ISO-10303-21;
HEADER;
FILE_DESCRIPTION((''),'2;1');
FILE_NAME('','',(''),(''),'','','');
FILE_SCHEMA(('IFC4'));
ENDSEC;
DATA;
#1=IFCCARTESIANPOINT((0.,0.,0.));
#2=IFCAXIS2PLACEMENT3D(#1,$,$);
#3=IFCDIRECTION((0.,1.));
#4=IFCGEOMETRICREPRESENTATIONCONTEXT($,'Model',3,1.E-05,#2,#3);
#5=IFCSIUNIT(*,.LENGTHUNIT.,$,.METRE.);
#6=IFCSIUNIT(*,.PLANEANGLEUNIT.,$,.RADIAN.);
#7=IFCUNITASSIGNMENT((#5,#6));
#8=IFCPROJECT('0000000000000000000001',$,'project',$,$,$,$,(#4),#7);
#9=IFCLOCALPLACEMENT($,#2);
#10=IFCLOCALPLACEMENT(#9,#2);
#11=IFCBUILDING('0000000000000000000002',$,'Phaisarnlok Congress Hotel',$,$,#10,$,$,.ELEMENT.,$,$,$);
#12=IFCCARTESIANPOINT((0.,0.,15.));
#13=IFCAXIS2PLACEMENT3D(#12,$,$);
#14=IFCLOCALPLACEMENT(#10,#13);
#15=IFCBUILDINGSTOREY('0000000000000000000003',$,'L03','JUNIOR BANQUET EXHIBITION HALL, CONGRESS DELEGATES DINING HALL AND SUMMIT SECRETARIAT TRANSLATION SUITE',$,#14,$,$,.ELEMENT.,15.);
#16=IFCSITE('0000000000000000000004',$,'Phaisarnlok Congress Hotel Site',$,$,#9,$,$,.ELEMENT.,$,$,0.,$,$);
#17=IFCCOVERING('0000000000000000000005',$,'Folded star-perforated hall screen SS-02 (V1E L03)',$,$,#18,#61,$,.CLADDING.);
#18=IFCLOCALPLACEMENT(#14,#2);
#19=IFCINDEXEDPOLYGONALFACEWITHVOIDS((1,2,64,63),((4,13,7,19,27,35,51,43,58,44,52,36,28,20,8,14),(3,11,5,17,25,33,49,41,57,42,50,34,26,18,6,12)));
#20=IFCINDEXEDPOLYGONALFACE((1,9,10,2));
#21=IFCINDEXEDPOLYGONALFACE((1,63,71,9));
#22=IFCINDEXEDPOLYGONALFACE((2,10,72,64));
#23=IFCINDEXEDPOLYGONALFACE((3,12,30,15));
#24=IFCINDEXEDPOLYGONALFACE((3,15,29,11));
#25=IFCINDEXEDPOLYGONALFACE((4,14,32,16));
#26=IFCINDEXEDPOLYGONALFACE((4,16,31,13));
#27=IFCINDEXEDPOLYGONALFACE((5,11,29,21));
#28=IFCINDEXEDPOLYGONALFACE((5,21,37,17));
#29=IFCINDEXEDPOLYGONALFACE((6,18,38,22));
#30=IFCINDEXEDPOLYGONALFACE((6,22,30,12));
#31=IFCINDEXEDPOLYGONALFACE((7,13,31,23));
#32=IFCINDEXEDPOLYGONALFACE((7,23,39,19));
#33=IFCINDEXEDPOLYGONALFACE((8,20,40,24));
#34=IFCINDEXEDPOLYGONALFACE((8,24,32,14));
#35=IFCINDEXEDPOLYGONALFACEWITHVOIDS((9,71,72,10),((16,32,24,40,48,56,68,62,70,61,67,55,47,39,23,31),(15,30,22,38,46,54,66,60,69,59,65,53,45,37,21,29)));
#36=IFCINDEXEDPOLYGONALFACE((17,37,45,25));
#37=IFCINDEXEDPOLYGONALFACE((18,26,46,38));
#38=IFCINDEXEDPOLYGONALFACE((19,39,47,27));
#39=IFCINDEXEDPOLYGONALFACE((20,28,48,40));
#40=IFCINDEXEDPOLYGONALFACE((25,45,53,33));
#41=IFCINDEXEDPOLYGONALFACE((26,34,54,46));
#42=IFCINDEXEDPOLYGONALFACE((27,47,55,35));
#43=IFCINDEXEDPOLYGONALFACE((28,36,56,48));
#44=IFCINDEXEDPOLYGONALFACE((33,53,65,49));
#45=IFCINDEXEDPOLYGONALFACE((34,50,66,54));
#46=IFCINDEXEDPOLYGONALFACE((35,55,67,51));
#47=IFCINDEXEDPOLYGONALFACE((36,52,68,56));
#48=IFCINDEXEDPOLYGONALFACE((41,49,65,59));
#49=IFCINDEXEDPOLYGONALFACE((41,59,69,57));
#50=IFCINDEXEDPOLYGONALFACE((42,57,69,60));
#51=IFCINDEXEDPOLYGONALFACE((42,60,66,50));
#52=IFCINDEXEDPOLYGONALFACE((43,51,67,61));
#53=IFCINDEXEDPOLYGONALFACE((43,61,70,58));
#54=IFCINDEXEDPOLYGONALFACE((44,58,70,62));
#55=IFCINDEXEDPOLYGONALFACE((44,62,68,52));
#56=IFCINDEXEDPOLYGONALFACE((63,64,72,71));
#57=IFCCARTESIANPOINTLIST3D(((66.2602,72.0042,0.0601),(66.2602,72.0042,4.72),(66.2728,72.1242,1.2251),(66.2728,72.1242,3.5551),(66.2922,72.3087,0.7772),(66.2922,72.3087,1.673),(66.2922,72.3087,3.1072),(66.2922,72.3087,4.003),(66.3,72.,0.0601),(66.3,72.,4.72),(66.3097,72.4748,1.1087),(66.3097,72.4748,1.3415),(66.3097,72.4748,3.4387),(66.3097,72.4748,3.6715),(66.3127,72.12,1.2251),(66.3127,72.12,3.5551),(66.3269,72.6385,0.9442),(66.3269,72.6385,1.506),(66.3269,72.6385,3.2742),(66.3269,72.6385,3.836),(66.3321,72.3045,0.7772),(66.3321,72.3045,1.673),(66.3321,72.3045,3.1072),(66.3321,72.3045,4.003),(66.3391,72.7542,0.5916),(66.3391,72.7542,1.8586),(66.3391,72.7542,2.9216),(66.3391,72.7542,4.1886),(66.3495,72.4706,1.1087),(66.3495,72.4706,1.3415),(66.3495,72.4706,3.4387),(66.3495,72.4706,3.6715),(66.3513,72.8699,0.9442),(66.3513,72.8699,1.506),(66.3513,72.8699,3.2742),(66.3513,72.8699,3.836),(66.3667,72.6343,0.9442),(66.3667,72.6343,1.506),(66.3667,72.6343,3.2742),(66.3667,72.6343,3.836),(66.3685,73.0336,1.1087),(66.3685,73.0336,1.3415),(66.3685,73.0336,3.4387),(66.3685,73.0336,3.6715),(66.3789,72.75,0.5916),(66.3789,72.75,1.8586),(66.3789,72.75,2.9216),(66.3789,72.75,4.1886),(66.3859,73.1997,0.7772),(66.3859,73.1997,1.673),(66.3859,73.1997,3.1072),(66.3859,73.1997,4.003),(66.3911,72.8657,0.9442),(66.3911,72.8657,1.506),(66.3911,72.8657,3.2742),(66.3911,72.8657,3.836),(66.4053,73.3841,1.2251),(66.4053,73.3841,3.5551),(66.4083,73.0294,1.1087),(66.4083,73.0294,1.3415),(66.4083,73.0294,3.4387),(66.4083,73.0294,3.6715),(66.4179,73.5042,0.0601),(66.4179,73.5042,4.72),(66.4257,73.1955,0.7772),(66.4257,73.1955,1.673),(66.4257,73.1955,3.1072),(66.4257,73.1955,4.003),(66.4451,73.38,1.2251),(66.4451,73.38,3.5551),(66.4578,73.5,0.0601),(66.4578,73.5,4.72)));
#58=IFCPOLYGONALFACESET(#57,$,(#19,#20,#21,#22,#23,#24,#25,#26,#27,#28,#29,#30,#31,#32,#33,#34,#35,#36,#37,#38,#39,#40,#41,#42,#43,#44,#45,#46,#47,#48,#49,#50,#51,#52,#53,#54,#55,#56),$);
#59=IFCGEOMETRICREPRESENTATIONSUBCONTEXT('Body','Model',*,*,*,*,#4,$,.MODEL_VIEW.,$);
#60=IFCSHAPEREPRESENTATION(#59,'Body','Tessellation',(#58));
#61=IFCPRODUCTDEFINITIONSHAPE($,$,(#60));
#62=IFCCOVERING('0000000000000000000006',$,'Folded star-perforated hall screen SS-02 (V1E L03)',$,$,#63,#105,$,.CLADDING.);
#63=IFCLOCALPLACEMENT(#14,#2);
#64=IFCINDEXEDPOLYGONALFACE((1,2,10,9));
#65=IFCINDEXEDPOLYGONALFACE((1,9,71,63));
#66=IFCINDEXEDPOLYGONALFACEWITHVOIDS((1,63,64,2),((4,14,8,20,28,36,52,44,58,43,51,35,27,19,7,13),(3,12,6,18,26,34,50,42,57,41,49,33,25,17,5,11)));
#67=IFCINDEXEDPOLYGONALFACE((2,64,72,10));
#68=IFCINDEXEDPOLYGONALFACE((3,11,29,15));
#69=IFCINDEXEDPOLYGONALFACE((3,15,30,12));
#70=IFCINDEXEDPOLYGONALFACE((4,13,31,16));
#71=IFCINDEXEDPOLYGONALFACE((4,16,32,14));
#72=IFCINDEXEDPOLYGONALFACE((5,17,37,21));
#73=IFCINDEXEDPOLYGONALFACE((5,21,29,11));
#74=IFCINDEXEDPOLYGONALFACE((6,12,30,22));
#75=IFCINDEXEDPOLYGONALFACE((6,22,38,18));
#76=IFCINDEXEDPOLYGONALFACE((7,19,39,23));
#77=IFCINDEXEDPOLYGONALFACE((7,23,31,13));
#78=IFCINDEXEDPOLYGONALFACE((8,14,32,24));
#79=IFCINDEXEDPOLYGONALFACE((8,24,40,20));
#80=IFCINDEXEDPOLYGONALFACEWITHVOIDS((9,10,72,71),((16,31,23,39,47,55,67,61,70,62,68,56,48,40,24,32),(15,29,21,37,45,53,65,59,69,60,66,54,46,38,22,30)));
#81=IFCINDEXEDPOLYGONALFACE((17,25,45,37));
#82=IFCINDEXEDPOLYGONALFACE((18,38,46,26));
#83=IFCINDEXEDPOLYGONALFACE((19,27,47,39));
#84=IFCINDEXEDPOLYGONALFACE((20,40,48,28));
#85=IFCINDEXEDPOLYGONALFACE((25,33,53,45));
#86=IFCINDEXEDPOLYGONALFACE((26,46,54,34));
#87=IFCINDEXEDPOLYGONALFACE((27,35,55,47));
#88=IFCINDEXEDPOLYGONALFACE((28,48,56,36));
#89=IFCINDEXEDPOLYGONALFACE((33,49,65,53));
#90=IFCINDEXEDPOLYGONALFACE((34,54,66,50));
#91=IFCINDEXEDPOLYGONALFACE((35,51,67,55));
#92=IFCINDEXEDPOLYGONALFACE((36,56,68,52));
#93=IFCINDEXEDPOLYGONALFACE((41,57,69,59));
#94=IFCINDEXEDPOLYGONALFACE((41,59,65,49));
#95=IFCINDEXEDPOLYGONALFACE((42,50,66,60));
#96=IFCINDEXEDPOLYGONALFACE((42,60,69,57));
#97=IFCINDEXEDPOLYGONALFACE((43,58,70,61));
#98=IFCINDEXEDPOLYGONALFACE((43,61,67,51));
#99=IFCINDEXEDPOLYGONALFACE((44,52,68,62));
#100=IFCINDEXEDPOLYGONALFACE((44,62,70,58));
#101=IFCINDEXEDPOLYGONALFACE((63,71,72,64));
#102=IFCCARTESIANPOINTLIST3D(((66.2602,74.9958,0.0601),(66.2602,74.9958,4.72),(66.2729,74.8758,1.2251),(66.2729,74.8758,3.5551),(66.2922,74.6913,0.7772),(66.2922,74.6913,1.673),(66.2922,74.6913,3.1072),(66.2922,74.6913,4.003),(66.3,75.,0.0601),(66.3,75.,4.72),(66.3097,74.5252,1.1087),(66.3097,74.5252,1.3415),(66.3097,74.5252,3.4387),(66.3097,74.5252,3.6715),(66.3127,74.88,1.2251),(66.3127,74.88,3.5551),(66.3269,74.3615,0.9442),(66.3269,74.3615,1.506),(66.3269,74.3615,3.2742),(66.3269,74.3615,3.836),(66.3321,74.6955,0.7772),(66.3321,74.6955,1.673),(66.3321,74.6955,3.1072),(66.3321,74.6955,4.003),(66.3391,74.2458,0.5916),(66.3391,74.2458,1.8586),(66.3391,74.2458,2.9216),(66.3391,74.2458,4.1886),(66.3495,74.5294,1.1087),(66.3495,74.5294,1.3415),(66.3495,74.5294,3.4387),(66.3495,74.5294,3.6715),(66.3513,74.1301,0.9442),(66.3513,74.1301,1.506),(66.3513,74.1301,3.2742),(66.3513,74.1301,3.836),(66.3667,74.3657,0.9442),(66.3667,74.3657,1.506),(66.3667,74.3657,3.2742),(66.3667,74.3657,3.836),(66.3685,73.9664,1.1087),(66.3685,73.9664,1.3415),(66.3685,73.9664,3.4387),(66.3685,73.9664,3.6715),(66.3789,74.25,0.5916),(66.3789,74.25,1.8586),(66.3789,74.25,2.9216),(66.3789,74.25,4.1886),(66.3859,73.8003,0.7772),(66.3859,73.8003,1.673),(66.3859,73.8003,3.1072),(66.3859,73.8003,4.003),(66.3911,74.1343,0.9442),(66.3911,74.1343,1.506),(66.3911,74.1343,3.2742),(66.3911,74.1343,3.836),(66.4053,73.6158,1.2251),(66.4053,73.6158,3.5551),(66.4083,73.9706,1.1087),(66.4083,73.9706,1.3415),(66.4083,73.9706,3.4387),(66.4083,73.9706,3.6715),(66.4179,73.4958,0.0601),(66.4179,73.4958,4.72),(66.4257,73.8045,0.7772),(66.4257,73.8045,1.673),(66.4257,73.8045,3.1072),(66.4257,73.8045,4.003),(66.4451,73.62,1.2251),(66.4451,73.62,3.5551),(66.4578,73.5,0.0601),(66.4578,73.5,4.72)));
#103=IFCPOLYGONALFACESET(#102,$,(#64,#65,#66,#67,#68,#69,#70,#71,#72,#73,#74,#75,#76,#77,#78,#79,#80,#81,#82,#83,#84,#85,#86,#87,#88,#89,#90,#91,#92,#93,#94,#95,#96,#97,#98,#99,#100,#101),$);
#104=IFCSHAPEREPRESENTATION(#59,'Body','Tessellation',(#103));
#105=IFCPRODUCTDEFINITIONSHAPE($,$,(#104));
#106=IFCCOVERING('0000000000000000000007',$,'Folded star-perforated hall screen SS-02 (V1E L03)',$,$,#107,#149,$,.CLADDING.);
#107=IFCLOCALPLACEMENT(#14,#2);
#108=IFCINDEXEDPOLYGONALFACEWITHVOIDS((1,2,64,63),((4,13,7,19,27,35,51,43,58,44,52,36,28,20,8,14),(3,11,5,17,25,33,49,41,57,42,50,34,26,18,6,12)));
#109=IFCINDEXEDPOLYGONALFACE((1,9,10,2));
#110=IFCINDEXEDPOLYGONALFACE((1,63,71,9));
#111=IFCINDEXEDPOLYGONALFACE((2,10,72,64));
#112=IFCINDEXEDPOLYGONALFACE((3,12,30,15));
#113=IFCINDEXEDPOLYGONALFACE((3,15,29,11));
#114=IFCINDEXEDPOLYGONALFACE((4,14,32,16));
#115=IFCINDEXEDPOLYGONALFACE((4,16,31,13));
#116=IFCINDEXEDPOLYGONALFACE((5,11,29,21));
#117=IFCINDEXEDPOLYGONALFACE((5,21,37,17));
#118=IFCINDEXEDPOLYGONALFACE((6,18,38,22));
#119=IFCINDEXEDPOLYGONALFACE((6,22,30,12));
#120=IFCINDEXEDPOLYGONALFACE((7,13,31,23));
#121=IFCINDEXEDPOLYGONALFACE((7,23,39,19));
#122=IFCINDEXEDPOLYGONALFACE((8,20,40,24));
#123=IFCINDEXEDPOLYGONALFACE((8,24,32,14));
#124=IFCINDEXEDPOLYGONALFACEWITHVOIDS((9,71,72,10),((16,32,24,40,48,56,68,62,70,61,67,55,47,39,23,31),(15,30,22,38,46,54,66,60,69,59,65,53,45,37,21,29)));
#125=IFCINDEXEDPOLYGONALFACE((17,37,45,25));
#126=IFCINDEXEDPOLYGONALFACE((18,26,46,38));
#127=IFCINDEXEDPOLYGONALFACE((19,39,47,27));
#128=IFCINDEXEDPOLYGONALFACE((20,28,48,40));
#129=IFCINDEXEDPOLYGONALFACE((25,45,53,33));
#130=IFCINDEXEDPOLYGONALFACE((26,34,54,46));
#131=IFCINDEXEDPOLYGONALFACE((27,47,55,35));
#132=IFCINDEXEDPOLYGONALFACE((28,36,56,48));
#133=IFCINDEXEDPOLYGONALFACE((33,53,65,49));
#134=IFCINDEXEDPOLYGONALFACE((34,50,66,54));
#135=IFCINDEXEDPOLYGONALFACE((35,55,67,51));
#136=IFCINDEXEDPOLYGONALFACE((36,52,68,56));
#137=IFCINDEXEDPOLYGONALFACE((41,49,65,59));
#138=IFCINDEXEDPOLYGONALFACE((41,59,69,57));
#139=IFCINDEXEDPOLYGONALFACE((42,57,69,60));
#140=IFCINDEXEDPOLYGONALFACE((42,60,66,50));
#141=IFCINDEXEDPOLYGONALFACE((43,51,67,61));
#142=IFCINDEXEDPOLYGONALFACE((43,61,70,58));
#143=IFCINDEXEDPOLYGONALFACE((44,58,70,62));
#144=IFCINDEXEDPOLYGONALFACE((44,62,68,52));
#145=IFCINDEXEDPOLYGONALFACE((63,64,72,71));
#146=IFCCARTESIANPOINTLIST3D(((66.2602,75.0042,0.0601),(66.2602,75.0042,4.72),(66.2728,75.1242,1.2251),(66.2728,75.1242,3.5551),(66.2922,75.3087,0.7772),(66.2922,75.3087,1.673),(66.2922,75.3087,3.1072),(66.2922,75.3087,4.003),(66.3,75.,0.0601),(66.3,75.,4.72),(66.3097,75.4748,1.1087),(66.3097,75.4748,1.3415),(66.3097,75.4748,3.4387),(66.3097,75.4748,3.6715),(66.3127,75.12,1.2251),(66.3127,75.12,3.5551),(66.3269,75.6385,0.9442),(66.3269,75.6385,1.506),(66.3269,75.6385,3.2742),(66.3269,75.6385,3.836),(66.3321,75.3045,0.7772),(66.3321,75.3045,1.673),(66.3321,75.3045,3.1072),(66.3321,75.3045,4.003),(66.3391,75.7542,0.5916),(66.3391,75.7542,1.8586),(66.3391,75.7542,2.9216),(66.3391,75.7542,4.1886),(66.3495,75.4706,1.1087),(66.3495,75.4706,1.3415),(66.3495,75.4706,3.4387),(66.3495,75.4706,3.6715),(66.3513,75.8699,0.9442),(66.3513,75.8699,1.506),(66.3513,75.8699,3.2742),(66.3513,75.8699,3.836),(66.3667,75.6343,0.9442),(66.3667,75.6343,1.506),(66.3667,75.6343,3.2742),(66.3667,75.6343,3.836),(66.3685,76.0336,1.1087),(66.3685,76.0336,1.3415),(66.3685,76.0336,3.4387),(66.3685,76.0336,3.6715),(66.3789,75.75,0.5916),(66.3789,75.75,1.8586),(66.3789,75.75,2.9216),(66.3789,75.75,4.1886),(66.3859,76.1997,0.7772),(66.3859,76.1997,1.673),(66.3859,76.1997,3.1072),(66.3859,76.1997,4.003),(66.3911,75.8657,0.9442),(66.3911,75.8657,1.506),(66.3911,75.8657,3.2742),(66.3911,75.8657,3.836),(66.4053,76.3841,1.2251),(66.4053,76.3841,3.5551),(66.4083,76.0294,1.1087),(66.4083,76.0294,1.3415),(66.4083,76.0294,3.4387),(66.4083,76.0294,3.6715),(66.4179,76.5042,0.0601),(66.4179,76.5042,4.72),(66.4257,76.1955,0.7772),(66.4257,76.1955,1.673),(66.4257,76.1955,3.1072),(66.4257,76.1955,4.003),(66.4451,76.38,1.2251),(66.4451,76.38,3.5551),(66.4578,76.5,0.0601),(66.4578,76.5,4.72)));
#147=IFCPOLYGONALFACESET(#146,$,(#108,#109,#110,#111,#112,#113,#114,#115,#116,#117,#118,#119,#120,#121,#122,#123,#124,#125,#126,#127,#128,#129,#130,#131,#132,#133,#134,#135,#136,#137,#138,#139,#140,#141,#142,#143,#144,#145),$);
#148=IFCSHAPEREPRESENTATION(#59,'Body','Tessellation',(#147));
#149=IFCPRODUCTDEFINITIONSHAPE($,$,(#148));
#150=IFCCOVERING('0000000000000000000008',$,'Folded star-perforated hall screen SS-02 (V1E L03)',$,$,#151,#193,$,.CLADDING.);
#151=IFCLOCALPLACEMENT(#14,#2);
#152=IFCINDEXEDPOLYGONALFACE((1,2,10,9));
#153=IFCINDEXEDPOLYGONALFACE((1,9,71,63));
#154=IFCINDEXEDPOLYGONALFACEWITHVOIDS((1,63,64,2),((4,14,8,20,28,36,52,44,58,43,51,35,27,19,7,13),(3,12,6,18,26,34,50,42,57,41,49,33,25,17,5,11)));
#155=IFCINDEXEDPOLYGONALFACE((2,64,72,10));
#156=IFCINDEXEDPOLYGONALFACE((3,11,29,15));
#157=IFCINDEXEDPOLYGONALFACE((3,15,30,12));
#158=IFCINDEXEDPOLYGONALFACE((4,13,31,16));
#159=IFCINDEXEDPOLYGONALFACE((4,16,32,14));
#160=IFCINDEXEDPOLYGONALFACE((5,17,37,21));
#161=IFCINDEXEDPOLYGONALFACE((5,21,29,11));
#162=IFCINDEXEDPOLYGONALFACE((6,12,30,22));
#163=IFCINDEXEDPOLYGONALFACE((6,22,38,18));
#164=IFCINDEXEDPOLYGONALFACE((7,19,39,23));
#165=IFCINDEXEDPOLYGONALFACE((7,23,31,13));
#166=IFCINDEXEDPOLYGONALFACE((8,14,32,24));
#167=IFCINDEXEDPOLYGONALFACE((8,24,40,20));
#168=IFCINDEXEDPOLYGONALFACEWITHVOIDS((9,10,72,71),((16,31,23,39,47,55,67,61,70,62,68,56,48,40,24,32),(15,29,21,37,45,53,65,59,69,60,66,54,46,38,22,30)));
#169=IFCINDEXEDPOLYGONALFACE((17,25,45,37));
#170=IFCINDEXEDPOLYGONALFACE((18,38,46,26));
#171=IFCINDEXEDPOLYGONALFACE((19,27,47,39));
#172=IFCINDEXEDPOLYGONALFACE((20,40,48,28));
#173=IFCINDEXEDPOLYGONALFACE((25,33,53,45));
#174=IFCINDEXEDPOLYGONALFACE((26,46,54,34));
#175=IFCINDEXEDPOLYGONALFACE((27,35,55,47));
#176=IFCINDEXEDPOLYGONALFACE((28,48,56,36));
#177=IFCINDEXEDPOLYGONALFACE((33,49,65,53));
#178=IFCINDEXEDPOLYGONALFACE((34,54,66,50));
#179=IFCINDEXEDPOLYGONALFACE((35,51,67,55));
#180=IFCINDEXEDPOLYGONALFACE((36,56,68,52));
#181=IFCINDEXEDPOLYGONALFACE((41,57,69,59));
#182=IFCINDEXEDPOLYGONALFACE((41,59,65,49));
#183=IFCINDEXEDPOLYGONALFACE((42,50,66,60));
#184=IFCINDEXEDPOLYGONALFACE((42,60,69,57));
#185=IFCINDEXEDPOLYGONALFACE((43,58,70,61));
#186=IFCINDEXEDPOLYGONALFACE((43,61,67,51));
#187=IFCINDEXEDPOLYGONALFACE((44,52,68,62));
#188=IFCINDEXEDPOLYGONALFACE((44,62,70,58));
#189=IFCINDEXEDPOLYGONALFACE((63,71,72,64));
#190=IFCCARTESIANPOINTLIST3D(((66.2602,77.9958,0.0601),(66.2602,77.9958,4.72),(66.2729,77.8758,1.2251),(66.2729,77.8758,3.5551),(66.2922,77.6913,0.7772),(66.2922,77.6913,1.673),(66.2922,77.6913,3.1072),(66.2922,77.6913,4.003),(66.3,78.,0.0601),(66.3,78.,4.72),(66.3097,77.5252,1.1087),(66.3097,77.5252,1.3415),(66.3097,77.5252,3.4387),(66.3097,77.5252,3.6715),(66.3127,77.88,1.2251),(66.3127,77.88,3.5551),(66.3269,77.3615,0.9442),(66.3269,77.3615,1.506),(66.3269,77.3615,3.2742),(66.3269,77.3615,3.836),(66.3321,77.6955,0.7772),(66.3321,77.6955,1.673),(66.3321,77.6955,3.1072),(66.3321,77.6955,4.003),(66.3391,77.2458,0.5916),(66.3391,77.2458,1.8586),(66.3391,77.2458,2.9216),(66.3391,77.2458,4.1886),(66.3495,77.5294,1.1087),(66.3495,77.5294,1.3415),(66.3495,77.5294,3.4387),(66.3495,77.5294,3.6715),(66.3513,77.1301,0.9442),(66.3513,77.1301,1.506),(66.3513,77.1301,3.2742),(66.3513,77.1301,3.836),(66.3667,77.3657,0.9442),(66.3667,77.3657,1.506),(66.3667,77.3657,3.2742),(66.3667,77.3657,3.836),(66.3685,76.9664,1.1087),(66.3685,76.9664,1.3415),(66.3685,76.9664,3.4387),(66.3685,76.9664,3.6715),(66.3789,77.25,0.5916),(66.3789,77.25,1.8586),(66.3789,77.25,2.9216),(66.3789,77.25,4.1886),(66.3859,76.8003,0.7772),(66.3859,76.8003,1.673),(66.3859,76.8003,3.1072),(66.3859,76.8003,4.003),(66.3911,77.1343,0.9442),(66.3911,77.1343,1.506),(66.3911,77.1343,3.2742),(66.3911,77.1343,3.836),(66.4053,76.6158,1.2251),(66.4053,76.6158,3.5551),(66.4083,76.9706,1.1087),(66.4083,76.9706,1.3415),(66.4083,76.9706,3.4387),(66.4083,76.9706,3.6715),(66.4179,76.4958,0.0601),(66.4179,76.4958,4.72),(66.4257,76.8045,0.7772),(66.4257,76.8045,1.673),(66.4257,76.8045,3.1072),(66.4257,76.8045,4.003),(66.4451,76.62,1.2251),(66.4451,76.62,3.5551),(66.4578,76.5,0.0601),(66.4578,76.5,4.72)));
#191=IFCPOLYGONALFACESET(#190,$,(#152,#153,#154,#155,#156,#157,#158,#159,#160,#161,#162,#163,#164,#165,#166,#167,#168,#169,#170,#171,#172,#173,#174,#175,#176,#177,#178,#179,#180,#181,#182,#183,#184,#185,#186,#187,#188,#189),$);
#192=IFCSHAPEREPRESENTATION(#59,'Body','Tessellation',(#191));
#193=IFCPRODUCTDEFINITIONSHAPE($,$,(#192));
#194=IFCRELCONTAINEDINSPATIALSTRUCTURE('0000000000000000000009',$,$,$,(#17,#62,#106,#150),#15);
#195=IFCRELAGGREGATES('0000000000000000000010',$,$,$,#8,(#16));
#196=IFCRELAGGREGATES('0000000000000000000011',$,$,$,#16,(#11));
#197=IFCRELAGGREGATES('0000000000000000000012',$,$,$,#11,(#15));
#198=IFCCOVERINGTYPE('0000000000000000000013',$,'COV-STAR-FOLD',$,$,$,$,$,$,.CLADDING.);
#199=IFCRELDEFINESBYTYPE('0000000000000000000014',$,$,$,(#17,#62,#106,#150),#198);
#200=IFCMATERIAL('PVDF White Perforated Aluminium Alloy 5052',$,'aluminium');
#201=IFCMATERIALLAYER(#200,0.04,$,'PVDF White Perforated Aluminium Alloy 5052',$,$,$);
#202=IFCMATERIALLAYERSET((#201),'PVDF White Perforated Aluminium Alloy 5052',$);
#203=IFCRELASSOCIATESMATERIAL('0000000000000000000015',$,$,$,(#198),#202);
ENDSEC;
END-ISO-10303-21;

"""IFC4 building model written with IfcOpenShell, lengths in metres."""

from ifc_helpers import new_model, si_unit, direction, frame, origin, place, context, subcontext, project, spatial, polyline, outline, extrude, material, layer, layer_set, type_object, element, save


model = new_model("IFC4")

# Units and contexts
model_context = context("Model", 3, precision=1e-05, world=origin(), true_north=direction((0.0, 1.0)))
body_context = subcontext(model_context, "Body", "Model", "MODEL_VIEW")
ifc_project = project(units=[si_unit("LENGTHUNIT", "METRE"), si_unit("PLANEANGLEUNIT", "RADIAN")], contexts=[model_context])

# Site, building, storey
site_placement = place(None, origin())
site = spatial("IfcSite", under=ifc_project, at=site_placement, Name="Phaisarnlok Congress Hotel Site", CompositionType="ELEMENT", RefElevation=0.0)
building_placement = place(site_placement, origin())
building = spatial("IfcBuilding", under=site, at=building_placement, Name="Phaisarnlok Congress Hotel", CompositionType="ELEMENT")
storey_placement = place(building_placement, frame((0.0, 0.0, 15.0)))
storey = spatial("IfcBuildingStorey", under=building, at=storey_placement, Name="L03", Description="JUNIOR BANQUET EXHIBITION HALL, CONGRESS DELEGATES DINING HALL AND SUMMIT SECRETARIAT TRANSLATION SUITE", CompositionType="ELEMENT", Elevation=15.0)

# Coverings
ifc_material_1 = material(Name="PVDF White Perforated Aluminium Alloy 5052", Category="aluminium")
ifc_layer_1 = layer(ifc_material_1, 0.04, Name="PVDF White Perforated Aluminium Alloy 5052")
ifc_layer_set_1 = layer_set([ifc_layer_1], Name="PVDF White Perforated Aluminium Alloy 5052")
covering_type = type_object("IfcCoveringType", Name="COV-STAR-FOLD", PredefinedType="CLADDING", material=ifc_layer_set_1)
for number, where, z_axis, x_axis, name in (
    (1, (66.4578, 73.5, 0.0601), (-0.994518, 0.104567, 0.0), (-0.104567, -0.994518, 0.0), "Folded star-perforated hall screen SS-02 (V1E L03)"),
    (2, (66.3, 75.0, 0.0601), (-0.994518, -0.104567, 0.0), (0.104567, -0.994518, 0.0), "Folded star-perforated hall screen SS-02 (V1E L03)"),
    (3, (66.4578, 76.5, 0.0601), (-0.994518, 0.104567, 0.0), (-0.104567, -0.994518, 0.0), "Folded star-perforated hall screen SS-02 (V1E L03)"),
    (4, (66.3, 78.0, 0.0601), (-0.994518, -0.104567, 0.0), (0.104567, -0.994518, 0.0), "Folded star-perforated hall screen SS-02 (V1E L03)"),
):
    element("IfcCovering", number, at=place(storey_placement, frame(where, z_axis=z_axis, x_axis=x_axis)), inside=storey, type_object=covering_type, Name=name, PredefinedType="CLADDING", context=body_context, shape_type="SweptSolid", body=[
        extrude(outline(polyline([(0.0, 0.0), (1.5083, 0.0), (1.5083, 4.6599), (0.0, 4.6599), (0.0, 0.0)]), holes=[polyline([(1.0351, 1.0486), (1.2021, 0.7171), (0.8705, 0.8841), (0.7541, 0.5315), (0.6378, 0.8841), (0.3062, 0.7171), (0.4732, 1.0486), (0.1207, 1.165), (0.4732, 1.2814), (0.3062, 1.6129), (0.6378, 1.4459), (0.7541, 1.7985), (0.8705, 1.4459), (1.2021, 1.6129), (1.0351, 1.2814), (1.3876, 1.165), (1.0351, 1.0486)]), polyline([(1.0351, 3.3786), (1.2021, 3.0471), (0.8705, 3.2141), (0.7541, 2.8615), (0.6378, 3.2141), (0.3062, 3.0471), (0.4732, 3.3786), (0.1207, 3.495), (0.4732, 3.6114), (0.3062, 3.9429), (0.6378, 3.7759), (0.7541, 4.1285), (0.8705, 3.7759), (1.2021, 3.9429), (1.0351, 3.6114), (1.3876, 3.495), (1.0351, 3.3786)])]), origin(), (0.0, 0.0, 1.0), 0.04),
    ])

save(model, "model.ifc")
